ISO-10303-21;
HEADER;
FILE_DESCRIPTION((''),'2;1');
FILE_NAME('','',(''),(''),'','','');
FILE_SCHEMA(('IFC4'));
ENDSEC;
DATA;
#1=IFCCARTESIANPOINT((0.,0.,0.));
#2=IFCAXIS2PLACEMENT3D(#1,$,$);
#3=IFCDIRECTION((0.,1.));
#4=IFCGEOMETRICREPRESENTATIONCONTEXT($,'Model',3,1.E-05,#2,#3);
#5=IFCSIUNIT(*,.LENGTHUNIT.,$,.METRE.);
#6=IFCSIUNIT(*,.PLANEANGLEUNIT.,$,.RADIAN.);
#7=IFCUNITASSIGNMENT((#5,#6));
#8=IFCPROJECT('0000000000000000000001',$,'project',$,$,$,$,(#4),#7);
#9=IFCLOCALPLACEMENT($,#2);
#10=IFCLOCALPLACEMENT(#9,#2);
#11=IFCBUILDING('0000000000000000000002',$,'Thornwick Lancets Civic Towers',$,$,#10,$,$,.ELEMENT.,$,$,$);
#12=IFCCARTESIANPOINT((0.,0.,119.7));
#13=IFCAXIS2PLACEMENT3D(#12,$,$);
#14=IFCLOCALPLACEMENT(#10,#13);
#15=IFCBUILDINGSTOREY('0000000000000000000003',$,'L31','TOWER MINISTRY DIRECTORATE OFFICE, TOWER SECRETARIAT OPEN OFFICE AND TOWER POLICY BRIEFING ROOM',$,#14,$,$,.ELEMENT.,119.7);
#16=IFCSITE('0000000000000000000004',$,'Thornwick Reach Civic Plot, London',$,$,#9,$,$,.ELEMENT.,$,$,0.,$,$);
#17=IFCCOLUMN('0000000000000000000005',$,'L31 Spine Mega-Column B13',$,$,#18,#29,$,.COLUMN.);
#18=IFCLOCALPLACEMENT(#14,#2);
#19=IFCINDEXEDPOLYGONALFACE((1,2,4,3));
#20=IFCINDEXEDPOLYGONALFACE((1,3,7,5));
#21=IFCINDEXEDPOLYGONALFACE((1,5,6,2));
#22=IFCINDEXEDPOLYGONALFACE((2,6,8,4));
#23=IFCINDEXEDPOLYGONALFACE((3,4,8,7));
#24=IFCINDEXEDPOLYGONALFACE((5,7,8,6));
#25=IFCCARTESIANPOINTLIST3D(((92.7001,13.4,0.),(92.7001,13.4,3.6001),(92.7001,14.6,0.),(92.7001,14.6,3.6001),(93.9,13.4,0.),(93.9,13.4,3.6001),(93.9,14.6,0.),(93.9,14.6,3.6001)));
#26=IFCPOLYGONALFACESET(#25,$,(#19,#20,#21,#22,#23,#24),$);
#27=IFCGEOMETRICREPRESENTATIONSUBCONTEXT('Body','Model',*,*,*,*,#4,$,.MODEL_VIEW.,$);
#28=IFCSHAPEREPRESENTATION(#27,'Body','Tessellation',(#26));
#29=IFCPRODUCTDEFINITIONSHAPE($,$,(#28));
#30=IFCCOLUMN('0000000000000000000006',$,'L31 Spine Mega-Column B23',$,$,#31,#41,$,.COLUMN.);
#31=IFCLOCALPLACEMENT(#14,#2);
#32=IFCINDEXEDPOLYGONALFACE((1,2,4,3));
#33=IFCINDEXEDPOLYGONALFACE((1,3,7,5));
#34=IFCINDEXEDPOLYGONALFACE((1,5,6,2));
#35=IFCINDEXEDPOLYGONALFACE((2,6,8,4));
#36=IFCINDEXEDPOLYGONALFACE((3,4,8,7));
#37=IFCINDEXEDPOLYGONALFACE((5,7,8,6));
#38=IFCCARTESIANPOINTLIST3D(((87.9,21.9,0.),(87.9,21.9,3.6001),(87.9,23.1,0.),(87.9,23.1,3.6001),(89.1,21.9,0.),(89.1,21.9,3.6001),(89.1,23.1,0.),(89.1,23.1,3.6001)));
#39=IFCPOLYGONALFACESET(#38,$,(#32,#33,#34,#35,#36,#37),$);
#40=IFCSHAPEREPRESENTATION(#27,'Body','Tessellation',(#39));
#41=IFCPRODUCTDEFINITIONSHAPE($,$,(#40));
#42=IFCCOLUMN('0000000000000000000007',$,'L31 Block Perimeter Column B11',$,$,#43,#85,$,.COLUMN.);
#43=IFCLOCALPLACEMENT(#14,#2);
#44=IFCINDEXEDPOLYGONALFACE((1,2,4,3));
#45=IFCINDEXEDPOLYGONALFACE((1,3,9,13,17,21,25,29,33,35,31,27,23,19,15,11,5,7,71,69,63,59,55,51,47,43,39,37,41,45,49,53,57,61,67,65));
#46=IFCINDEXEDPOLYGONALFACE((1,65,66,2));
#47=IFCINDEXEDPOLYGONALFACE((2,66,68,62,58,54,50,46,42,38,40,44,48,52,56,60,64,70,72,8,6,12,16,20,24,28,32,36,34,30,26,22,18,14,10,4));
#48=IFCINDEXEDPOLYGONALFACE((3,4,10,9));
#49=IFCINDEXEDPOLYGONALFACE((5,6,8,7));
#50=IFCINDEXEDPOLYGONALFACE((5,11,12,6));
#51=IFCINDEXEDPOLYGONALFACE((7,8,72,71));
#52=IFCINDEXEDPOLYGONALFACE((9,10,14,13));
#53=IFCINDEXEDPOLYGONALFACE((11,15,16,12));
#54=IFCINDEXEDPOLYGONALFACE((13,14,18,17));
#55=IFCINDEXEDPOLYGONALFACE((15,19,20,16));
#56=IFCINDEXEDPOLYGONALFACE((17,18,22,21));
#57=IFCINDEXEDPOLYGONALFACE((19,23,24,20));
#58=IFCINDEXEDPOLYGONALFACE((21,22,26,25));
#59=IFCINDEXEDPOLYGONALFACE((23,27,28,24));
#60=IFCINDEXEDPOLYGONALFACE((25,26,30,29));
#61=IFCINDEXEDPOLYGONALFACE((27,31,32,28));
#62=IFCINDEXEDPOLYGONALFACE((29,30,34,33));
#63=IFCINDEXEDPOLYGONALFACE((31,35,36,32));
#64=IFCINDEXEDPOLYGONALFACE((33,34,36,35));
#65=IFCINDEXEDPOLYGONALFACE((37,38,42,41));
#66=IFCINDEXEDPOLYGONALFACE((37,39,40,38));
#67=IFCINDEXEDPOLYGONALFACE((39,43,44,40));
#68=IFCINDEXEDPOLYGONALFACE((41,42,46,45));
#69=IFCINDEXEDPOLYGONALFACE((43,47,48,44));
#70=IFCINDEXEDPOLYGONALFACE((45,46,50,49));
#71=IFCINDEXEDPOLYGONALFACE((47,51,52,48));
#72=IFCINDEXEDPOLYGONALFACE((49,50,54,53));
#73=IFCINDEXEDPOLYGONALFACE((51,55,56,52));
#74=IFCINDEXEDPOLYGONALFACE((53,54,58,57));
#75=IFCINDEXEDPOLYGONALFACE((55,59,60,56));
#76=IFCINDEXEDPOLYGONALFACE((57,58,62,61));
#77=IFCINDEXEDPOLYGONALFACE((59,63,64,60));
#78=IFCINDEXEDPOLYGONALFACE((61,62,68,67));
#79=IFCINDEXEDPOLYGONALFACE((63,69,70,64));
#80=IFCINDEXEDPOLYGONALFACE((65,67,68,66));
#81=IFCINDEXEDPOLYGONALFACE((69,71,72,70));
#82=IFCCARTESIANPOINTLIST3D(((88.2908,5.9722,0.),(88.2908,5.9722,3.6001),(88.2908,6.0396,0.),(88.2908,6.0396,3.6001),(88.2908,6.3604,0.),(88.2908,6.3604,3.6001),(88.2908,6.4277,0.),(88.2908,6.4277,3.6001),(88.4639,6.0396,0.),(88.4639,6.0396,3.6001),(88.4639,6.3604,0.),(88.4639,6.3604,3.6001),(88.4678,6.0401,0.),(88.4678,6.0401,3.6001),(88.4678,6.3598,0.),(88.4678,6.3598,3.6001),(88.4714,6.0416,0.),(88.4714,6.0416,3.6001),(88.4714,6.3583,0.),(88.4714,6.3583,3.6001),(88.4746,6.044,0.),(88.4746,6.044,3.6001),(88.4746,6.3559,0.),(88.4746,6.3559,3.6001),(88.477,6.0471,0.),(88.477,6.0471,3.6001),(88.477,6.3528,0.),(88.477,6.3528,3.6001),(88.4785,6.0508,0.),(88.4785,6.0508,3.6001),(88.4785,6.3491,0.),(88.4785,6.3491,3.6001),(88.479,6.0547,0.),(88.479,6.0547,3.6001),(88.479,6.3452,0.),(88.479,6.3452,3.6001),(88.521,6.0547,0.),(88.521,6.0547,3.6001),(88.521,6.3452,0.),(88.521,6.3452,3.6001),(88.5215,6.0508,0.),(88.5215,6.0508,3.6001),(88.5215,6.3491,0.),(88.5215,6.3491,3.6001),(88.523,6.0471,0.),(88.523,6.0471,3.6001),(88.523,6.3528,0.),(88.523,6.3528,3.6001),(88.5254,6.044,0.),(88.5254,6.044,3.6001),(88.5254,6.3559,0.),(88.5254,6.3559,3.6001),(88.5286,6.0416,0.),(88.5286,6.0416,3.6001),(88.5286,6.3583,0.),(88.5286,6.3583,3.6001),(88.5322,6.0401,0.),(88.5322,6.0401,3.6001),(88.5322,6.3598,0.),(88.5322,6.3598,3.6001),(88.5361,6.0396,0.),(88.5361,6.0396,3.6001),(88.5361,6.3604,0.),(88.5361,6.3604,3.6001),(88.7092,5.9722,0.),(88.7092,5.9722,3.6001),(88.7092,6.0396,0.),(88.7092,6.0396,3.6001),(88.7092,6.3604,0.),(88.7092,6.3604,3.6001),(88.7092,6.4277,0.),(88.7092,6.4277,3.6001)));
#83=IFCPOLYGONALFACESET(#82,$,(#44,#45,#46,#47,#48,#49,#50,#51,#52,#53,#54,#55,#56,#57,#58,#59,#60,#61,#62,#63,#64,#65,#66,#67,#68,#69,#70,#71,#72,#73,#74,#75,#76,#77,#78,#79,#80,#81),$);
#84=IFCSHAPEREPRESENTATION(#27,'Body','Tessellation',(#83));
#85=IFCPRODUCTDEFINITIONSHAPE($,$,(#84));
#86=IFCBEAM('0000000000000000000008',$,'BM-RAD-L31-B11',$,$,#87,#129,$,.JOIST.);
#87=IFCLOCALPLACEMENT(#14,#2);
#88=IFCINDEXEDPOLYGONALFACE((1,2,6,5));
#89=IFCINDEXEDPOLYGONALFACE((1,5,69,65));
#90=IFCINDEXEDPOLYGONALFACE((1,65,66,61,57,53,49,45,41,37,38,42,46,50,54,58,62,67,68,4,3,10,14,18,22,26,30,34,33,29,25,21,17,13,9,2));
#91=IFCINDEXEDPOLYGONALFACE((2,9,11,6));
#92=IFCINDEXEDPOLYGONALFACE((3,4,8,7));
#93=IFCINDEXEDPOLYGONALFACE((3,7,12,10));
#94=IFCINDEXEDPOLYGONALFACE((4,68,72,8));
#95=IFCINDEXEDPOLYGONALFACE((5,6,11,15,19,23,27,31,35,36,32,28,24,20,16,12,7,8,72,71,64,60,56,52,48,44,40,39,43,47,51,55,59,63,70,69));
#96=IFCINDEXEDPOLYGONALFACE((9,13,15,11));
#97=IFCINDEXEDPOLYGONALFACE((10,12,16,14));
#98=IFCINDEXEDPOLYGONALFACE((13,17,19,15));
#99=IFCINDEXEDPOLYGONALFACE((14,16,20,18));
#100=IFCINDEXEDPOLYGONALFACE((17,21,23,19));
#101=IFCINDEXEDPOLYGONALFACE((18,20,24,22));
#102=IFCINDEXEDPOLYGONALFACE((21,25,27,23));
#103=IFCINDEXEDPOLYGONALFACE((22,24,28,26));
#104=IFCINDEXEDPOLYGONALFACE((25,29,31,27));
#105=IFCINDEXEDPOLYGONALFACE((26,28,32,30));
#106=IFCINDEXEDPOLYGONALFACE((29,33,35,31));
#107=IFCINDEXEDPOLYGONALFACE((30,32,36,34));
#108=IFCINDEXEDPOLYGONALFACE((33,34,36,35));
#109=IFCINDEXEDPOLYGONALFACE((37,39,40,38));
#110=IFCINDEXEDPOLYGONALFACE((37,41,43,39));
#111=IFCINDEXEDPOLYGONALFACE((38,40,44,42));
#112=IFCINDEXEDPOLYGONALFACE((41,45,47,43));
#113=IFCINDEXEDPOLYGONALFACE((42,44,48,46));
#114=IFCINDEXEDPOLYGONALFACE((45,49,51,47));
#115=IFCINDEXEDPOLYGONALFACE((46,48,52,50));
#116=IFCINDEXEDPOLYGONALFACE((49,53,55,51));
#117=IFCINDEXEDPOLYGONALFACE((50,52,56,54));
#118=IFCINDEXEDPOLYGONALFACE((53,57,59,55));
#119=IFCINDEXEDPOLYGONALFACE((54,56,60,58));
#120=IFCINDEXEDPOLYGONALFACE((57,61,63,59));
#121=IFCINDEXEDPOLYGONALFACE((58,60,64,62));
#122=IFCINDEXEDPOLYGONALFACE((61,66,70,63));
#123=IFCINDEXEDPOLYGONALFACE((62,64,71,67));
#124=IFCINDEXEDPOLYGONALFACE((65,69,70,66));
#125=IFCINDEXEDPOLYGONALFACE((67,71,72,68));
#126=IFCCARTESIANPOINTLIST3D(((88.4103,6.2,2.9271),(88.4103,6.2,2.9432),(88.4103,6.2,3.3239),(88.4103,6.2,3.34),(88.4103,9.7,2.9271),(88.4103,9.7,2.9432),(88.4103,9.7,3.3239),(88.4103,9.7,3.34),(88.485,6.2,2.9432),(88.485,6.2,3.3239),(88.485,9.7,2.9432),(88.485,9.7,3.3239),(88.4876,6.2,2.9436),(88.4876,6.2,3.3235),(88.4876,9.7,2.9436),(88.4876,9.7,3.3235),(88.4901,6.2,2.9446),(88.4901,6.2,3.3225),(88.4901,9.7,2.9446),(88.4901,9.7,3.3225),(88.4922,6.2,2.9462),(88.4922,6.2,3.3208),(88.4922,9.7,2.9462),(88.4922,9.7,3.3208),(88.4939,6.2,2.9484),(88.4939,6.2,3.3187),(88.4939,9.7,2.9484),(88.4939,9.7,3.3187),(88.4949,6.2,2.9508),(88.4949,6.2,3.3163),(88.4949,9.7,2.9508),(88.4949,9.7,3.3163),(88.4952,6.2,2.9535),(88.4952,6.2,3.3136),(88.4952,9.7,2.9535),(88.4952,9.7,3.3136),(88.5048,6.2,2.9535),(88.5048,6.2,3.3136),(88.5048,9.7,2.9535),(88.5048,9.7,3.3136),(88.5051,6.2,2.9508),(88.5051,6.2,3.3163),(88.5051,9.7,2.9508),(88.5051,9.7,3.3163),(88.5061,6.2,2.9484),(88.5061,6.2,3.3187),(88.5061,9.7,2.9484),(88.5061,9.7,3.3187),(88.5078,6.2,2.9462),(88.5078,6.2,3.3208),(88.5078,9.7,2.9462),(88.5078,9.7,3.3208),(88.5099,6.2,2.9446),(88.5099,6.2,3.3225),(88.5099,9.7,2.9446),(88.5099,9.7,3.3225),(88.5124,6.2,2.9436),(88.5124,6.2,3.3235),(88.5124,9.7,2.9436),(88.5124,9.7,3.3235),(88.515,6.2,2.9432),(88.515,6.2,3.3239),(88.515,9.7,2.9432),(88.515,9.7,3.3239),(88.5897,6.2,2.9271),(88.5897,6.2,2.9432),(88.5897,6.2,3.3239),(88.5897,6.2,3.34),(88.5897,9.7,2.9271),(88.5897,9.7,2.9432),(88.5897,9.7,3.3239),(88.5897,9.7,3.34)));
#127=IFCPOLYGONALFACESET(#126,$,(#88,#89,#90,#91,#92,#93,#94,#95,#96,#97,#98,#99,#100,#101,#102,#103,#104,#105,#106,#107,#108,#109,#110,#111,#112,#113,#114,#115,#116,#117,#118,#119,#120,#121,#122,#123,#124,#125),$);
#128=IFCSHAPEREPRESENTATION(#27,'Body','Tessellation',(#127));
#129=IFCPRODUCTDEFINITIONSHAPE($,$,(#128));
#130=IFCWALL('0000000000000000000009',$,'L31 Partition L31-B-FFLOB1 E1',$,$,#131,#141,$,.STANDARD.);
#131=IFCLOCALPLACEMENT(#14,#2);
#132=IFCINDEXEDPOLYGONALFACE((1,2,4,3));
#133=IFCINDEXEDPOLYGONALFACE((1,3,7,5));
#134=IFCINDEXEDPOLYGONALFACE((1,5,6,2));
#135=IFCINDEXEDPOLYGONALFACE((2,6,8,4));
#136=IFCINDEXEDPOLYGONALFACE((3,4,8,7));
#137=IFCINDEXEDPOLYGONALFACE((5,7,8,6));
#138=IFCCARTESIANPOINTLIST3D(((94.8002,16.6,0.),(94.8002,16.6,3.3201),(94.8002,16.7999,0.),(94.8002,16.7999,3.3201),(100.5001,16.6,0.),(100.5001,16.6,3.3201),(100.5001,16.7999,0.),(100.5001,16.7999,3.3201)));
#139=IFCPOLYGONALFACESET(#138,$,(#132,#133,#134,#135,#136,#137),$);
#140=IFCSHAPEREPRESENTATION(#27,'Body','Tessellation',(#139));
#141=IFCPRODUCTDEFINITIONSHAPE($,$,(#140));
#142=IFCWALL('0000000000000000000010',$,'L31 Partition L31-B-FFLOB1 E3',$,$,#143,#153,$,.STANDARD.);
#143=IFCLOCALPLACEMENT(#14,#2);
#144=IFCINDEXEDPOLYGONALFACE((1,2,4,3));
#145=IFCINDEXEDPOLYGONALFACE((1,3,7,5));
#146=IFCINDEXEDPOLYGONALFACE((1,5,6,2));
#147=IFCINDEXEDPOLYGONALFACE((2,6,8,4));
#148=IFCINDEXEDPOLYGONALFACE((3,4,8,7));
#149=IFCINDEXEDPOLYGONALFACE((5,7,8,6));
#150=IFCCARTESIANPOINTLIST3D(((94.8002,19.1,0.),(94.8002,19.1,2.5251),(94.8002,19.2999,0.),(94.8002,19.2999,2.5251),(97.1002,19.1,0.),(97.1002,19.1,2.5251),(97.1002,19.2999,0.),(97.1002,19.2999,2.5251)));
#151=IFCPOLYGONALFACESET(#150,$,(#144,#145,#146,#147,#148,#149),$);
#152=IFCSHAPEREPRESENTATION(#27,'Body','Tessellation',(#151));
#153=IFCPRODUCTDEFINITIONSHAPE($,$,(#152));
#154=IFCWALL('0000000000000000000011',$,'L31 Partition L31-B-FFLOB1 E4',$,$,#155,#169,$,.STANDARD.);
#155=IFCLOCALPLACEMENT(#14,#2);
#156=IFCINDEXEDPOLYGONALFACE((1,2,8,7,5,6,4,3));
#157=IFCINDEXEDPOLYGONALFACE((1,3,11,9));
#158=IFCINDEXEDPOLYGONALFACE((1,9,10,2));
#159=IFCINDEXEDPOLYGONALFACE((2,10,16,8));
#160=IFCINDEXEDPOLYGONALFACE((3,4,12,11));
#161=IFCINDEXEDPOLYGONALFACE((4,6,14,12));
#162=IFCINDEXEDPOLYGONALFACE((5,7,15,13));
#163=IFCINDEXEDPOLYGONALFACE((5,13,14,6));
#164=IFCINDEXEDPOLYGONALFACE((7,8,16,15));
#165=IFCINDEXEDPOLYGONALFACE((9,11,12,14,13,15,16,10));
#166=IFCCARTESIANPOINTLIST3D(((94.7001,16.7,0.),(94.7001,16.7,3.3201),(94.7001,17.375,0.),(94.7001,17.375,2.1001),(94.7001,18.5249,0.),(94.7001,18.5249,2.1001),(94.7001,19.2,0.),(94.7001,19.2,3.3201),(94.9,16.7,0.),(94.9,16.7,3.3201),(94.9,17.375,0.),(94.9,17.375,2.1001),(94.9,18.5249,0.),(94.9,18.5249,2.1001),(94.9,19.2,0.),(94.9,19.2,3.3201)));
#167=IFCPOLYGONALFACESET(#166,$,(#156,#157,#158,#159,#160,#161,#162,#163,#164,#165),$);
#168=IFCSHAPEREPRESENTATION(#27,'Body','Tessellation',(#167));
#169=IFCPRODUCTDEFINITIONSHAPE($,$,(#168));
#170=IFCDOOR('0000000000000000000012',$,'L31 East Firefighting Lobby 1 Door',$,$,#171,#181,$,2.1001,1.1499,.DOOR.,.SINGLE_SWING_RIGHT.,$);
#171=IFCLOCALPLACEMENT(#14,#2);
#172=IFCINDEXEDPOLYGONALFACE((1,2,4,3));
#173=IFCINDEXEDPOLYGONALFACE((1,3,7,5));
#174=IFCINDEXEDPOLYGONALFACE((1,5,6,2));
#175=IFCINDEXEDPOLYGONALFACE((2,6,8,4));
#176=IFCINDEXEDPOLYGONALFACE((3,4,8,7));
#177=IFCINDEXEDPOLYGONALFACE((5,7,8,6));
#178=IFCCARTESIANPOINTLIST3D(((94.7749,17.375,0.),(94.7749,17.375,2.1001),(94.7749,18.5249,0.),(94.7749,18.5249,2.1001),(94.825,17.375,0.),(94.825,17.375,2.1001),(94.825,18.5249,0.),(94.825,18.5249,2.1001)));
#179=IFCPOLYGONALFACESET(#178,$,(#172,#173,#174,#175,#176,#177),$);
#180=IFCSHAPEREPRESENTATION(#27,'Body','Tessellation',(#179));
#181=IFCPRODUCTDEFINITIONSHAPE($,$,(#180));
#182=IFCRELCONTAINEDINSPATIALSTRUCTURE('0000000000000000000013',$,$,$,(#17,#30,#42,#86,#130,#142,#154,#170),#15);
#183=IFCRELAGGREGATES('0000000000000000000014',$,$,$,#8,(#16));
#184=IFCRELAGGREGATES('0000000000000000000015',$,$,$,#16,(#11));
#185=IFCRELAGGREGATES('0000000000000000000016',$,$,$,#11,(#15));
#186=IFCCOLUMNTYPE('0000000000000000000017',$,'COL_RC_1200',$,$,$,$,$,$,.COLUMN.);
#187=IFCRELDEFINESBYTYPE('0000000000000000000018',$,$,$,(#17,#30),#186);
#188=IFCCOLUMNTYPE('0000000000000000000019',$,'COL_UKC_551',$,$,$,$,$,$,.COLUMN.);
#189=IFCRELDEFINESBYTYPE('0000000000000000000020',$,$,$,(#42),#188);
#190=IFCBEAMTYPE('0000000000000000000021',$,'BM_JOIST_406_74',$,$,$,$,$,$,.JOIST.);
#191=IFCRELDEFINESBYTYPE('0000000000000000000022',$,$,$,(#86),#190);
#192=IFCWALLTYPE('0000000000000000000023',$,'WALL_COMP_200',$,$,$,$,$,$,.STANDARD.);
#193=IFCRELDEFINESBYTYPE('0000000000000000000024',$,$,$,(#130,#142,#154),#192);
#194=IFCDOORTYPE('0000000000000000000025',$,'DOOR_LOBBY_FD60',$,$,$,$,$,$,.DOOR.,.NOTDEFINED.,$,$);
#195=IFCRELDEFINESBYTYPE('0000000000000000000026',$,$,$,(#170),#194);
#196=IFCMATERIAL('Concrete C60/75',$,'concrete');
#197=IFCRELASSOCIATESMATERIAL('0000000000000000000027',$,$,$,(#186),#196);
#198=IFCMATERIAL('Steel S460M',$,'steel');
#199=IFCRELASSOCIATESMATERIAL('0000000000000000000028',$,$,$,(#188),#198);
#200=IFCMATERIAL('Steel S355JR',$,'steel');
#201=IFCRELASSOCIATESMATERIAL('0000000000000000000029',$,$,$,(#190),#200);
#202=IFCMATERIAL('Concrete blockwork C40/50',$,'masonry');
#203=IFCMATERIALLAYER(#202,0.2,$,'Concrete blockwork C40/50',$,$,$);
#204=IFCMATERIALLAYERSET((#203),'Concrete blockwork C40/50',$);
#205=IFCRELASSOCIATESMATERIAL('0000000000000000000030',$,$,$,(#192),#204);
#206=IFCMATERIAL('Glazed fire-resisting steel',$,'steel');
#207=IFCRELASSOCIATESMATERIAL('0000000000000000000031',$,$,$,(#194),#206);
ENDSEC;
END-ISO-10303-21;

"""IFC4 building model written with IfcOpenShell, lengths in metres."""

from ifc_helpers import new_model, si_unit, direction, frame, frame_2d, origin, origin_2d, place, context, subcontext, project, spatial, rectangle, i_section, extrude, material, layer, layer_set, material_profile, profile_set, type_object, element, fill, save


model = new_model("IFC4")

# Units and contexts
model_context = context("Model", 3, precision=1e-05, world=origin(), true_north=direction((0.0, 1.0)))
body_context = subcontext(model_context, "Body", "Model", "MODEL_VIEW")
ifc_project = project(units=[si_unit("LENGTHUNIT", "METRE"), si_unit("PLANEANGLEUNIT", "RADIAN")], contexts=[model_context])

# Site, building, storey
site_placement = place(None, origin())
site = spatial("IfcSite", under=ifc_project, at=site_placement, Name="Thornwick Reach Civic Plot, London", CompositionType="ELEMENT", RefElevation=0.0)
building_placement = place(site_placement, origin())
building = spatial("IfcBuilding", under=site, at=building_placement, Name="Thornwick Lancets Civic Towers", CompositionType="ELEMENT")
storey_placement = place(building_placement, frame((0.0, 0.0, 119.7)))
storey = spatial("IfcBuildingStorey", under=building, at=storey_placement, Name="L31", Description="TOWER MINISTRY DIRECTORATE OFFICE, TOWER SECRETARIAT OPEN OFFICE AND TOWER POLICY BRIEFING ROOM", CompositionType="ELEMENT", Elevation=119.7)

# Columns
ifc_material_1 = material(Name="Concrete C60/75", Category="concrete")
ifc_material_profile_1 = material_profile(ifc_material_1, rectangle(XDim=1.2, YDim=1.2, at=origin_2d()), Name="RC 1200x1200")
ifc_profile_set_1 = profile_set([ifc_material_profile_1], Name="Concrete C60/75")
column_type_1 = type_object("IfcColumnType", Name="COL_RC_1200", PredefinedType="COLUMN", material=ifc_profile_set_1)
for number, where, z_axis, x_axis, name in (
    (1, (93.3, 14.0, 0.0), (0.0, 0.0, 1.0), (1.0, 0.0, 0.0), "L31 Spine Mega-Column B13"),
    (2, (88.5, 22.5, 0.0), (0.0, 0.0, 1.0), (1.0, 0.0, 0.0), "L31 Spine Mega-Column B23"),
):
    element("IfcColumn", number, at=place(storey_placement, frame(where, z_axis=z_axis, x_axis=x_axis)), inside=storey, type_object=column_type_1, Name=name, PredefinedType="COLUMN", context=body_context, shape_type="SweptSolid", body=[
        extrude(rectangle(XDim=1.2, YDim=1.2, at=origin_2d()), origin(), (0.0, 0.0, 1.0), 3.6001),
    ])
ifc_material_2 = material(Name="Steel S460M", Category="steel")
ifc_material_profile_2 = material_profile(ifc_material_2, i_section(OverallWidth=0.4185, OverallDepth=0.4556, WebThickness=0.042, FlangeThickness=0.0674, FilletRadius=0.0151, at=origin_2d()), Name="UKC 356x406x551")
ifc_profile_set_2 = profile_set([ifc_material_profile_2], Name="Steel S460M")
column_type_2 = type_object("IfcColumnType", Name="COL_UKC_551", PredefinedType="COLUMN", material=ifc_profile_set_2)
column_placement = place(storey_placement, frame((88.5, 6.2, 0.0), z_axis=(0.0, 0.0, 1.0), x_axis=(1.0, 0.0, 0.0)))
element("IfcColumn", 3, at=column_placement, inside=storey, type_object=column_type_2, Name="L31 Block Perimeter Column B11", PredefinedType="COLUMN", context=body_context, shape_type="SweptSolid", body=[
    extrude(i_section(OverallWidth=0.4185, OverallDepth=0.4556, WebThickness=0.042, FlangeThickness=0.0674, FilletRadius=0.0151, at=origin_2d()), origin(), (0.0, 0.0, 1.0), 3.6001),
])

# Beam
ifc_material_3 = material(Name="Steel S355JR", Category="steel")
ifc_material_profile_3 = material_profile(ifc_material_3, i_section(OverallWidth=0.1794, OverallDepth=0.4128, WebThickness=0.0095, FlangeThickness=0.0161, FilletRadius=0.0103, at=origin_2d()), Name="UKB 406x178x74")
ifc_profile_set_3 = profile_set([ifc_material_profile_3], Name="Steel S355JR")
beam_type = type_object("IfcBeamType", Name="BM_JOIST_406_74", PredefinedType="JOIST", material=ifc_profile_set_3)
beam_placement = place(storey_placement, frame((88.5, 9.7, 3.1335), z_axis=(0.0, -1.0, 0.0), x_axis=(1.0, 0.0, 0.0)))
element("IfcBeam", 4, at=beam_placement, inside=storey, type_object=beam_type, Name="BM-RAD-L31-B11", PredefinedType="JOIST", context=body_context, shape_type="SweptSolid", body=[
    extrude(i_section(OverallWidth=0.1794, OverallDepth=0.4128, WebThickness=0.0095, FlangeThickness=0.0161, FilletRadius=0.0103, at=origin_2d()), origin(), (0.0, 0.0, 1.0), 3.5),
])

# Walls
ifc_material_4 = material(Name="Concrete blockwork C40/50", Category="masonry")
ifc_layer_1 = layer(ifc_material_4, 0.2, Name="Concrete blockwork C40/50")
ifc_layer_set_1 = layer_set([ifc_layer_1], Name="Concrete blockwork C40/50")
wall_type_1 = type_object("IfcWallType", Name="WALL_COMP_200", PredefinedType="STANDARD", material=ifc_layer_set_1)
wall_1_placement = place(storey_placement, frame((94.8, 16.7, 0.0), z_axis=(0.0, 0.0, 1.0), x_axis=(1.0, 0.0, 0.0)))
element("IfcWall", 5, at=wall_1_placement, inside=storey, type_object=wall_type_1, Name="L31 Partition L31-B-FFLOB1 E1", PredefinedType="STANDARD", context=body_context, shape_type="SweptSolid", body=[
    extrude(rectangle(XDim=5.7, YDim=0.2, at=frame_2d((2.8501, 0.0))), origin(), (0.0, 0.0, 1.0), 3.3201),
])
wall_2_placement = place(storey_placement, frame((97.1001, 19.2, 0.0), z_axis=(0.0, 0.0, 1.0), x_axis=(-1.0, 0.0, 0.0)))
element("IfcWall", 6, at=wall_2_placement, inside=storey, type_object=wall_type_1, Name="L31 Partition L31-B-FFLOB1 E3", PredefinedType="STANDARD", context=body_context, shape_type="SweptSolid", body=[
    extrude(rectangle(XDim=2.3, YDim=0.2, at=frame_2d((1.1499, 0.0))), origin(), (0.0, 0.0, 1.0), 2.5251),
])

# Wall, opening, door
wall_3_placement = place(storey_placement, frame((94.8, 19.2, 0.0), z_axis=(0.0, 0.0, 1.0), x_axis=(0.0, -1.0, 0.0)))
wall_3 = element("IfcWall", 7, at=wall_3_placement, inside=storey, type_object=wall_type_1, Name="L31 Partition L31-B-FFLOB1 E4", PredefinedType="STANDARD", context=body_context, shape_type="SweptSolid", body=[
    extrude(rectangle(XDim=2.5, YDim=0.2, at=frame_2d((1.25, 0.0))), origin(), (0.0, 0.0, 1.0), 3.3201),
])
opening_1_placement = place(wall_3_placement, frame((0.675, 0.0, 0.0)))
opening_1 = element("IfcOpeningElement", 8, at=opening_1_placement, cuts=wall_3, PredefinedType="OPENING", context=body_context, shape_type="SweptSolid", body=[
    extrude(rectangle(XDim=1.1499, YDim=2.1001, at=frame_2d((0.575, 1.05))), frame((0.0, 0.1099, 0.0), z_axis=(0.0, -1.0, 0.0), x_axis=(1.0, 0.0, 0.0)), (0.0, 0.0, 1.0), 0.22),
])
ifc_material_5 = material(Name="Glazed fire-resisting steel", Category="steel")
door_type_1 = type_object("IfcDoorType", Name="DOOR_LOBBY_FD60", OperationType="NOTDEFINED", PredefinedType="DOOR", material=ifc_material_5)
door_1_placement = place(opening_1_placement, origin())
door_1 = element("IfcDoor", 9, at=door_1_placement, inside=storey, type_object=door_type_1, Name="L31 East Firefighting Lobby 1 Door", OperationType="SINGLE_SWING_RIGHT", OverallHeight=2.1001, OverallWidth=1.1499, PredefinedType="DOOR", context=body_context, shape_type="SweptSolid", body=[
    extrude(rectangle(XDim=1.1499, YDim=2.1001, at=frame_2d((0.575, 1.05))), frame((0.0, 0.0249, 0.0), z_axis=(0.0, -1.0, 0.0), x_axis=(1.0, 0.0, 0.0)), (0.0, 0.0, 1.0), 0.05),
])
fill(opening_1, door_1)

save(model, "model.ifc")
